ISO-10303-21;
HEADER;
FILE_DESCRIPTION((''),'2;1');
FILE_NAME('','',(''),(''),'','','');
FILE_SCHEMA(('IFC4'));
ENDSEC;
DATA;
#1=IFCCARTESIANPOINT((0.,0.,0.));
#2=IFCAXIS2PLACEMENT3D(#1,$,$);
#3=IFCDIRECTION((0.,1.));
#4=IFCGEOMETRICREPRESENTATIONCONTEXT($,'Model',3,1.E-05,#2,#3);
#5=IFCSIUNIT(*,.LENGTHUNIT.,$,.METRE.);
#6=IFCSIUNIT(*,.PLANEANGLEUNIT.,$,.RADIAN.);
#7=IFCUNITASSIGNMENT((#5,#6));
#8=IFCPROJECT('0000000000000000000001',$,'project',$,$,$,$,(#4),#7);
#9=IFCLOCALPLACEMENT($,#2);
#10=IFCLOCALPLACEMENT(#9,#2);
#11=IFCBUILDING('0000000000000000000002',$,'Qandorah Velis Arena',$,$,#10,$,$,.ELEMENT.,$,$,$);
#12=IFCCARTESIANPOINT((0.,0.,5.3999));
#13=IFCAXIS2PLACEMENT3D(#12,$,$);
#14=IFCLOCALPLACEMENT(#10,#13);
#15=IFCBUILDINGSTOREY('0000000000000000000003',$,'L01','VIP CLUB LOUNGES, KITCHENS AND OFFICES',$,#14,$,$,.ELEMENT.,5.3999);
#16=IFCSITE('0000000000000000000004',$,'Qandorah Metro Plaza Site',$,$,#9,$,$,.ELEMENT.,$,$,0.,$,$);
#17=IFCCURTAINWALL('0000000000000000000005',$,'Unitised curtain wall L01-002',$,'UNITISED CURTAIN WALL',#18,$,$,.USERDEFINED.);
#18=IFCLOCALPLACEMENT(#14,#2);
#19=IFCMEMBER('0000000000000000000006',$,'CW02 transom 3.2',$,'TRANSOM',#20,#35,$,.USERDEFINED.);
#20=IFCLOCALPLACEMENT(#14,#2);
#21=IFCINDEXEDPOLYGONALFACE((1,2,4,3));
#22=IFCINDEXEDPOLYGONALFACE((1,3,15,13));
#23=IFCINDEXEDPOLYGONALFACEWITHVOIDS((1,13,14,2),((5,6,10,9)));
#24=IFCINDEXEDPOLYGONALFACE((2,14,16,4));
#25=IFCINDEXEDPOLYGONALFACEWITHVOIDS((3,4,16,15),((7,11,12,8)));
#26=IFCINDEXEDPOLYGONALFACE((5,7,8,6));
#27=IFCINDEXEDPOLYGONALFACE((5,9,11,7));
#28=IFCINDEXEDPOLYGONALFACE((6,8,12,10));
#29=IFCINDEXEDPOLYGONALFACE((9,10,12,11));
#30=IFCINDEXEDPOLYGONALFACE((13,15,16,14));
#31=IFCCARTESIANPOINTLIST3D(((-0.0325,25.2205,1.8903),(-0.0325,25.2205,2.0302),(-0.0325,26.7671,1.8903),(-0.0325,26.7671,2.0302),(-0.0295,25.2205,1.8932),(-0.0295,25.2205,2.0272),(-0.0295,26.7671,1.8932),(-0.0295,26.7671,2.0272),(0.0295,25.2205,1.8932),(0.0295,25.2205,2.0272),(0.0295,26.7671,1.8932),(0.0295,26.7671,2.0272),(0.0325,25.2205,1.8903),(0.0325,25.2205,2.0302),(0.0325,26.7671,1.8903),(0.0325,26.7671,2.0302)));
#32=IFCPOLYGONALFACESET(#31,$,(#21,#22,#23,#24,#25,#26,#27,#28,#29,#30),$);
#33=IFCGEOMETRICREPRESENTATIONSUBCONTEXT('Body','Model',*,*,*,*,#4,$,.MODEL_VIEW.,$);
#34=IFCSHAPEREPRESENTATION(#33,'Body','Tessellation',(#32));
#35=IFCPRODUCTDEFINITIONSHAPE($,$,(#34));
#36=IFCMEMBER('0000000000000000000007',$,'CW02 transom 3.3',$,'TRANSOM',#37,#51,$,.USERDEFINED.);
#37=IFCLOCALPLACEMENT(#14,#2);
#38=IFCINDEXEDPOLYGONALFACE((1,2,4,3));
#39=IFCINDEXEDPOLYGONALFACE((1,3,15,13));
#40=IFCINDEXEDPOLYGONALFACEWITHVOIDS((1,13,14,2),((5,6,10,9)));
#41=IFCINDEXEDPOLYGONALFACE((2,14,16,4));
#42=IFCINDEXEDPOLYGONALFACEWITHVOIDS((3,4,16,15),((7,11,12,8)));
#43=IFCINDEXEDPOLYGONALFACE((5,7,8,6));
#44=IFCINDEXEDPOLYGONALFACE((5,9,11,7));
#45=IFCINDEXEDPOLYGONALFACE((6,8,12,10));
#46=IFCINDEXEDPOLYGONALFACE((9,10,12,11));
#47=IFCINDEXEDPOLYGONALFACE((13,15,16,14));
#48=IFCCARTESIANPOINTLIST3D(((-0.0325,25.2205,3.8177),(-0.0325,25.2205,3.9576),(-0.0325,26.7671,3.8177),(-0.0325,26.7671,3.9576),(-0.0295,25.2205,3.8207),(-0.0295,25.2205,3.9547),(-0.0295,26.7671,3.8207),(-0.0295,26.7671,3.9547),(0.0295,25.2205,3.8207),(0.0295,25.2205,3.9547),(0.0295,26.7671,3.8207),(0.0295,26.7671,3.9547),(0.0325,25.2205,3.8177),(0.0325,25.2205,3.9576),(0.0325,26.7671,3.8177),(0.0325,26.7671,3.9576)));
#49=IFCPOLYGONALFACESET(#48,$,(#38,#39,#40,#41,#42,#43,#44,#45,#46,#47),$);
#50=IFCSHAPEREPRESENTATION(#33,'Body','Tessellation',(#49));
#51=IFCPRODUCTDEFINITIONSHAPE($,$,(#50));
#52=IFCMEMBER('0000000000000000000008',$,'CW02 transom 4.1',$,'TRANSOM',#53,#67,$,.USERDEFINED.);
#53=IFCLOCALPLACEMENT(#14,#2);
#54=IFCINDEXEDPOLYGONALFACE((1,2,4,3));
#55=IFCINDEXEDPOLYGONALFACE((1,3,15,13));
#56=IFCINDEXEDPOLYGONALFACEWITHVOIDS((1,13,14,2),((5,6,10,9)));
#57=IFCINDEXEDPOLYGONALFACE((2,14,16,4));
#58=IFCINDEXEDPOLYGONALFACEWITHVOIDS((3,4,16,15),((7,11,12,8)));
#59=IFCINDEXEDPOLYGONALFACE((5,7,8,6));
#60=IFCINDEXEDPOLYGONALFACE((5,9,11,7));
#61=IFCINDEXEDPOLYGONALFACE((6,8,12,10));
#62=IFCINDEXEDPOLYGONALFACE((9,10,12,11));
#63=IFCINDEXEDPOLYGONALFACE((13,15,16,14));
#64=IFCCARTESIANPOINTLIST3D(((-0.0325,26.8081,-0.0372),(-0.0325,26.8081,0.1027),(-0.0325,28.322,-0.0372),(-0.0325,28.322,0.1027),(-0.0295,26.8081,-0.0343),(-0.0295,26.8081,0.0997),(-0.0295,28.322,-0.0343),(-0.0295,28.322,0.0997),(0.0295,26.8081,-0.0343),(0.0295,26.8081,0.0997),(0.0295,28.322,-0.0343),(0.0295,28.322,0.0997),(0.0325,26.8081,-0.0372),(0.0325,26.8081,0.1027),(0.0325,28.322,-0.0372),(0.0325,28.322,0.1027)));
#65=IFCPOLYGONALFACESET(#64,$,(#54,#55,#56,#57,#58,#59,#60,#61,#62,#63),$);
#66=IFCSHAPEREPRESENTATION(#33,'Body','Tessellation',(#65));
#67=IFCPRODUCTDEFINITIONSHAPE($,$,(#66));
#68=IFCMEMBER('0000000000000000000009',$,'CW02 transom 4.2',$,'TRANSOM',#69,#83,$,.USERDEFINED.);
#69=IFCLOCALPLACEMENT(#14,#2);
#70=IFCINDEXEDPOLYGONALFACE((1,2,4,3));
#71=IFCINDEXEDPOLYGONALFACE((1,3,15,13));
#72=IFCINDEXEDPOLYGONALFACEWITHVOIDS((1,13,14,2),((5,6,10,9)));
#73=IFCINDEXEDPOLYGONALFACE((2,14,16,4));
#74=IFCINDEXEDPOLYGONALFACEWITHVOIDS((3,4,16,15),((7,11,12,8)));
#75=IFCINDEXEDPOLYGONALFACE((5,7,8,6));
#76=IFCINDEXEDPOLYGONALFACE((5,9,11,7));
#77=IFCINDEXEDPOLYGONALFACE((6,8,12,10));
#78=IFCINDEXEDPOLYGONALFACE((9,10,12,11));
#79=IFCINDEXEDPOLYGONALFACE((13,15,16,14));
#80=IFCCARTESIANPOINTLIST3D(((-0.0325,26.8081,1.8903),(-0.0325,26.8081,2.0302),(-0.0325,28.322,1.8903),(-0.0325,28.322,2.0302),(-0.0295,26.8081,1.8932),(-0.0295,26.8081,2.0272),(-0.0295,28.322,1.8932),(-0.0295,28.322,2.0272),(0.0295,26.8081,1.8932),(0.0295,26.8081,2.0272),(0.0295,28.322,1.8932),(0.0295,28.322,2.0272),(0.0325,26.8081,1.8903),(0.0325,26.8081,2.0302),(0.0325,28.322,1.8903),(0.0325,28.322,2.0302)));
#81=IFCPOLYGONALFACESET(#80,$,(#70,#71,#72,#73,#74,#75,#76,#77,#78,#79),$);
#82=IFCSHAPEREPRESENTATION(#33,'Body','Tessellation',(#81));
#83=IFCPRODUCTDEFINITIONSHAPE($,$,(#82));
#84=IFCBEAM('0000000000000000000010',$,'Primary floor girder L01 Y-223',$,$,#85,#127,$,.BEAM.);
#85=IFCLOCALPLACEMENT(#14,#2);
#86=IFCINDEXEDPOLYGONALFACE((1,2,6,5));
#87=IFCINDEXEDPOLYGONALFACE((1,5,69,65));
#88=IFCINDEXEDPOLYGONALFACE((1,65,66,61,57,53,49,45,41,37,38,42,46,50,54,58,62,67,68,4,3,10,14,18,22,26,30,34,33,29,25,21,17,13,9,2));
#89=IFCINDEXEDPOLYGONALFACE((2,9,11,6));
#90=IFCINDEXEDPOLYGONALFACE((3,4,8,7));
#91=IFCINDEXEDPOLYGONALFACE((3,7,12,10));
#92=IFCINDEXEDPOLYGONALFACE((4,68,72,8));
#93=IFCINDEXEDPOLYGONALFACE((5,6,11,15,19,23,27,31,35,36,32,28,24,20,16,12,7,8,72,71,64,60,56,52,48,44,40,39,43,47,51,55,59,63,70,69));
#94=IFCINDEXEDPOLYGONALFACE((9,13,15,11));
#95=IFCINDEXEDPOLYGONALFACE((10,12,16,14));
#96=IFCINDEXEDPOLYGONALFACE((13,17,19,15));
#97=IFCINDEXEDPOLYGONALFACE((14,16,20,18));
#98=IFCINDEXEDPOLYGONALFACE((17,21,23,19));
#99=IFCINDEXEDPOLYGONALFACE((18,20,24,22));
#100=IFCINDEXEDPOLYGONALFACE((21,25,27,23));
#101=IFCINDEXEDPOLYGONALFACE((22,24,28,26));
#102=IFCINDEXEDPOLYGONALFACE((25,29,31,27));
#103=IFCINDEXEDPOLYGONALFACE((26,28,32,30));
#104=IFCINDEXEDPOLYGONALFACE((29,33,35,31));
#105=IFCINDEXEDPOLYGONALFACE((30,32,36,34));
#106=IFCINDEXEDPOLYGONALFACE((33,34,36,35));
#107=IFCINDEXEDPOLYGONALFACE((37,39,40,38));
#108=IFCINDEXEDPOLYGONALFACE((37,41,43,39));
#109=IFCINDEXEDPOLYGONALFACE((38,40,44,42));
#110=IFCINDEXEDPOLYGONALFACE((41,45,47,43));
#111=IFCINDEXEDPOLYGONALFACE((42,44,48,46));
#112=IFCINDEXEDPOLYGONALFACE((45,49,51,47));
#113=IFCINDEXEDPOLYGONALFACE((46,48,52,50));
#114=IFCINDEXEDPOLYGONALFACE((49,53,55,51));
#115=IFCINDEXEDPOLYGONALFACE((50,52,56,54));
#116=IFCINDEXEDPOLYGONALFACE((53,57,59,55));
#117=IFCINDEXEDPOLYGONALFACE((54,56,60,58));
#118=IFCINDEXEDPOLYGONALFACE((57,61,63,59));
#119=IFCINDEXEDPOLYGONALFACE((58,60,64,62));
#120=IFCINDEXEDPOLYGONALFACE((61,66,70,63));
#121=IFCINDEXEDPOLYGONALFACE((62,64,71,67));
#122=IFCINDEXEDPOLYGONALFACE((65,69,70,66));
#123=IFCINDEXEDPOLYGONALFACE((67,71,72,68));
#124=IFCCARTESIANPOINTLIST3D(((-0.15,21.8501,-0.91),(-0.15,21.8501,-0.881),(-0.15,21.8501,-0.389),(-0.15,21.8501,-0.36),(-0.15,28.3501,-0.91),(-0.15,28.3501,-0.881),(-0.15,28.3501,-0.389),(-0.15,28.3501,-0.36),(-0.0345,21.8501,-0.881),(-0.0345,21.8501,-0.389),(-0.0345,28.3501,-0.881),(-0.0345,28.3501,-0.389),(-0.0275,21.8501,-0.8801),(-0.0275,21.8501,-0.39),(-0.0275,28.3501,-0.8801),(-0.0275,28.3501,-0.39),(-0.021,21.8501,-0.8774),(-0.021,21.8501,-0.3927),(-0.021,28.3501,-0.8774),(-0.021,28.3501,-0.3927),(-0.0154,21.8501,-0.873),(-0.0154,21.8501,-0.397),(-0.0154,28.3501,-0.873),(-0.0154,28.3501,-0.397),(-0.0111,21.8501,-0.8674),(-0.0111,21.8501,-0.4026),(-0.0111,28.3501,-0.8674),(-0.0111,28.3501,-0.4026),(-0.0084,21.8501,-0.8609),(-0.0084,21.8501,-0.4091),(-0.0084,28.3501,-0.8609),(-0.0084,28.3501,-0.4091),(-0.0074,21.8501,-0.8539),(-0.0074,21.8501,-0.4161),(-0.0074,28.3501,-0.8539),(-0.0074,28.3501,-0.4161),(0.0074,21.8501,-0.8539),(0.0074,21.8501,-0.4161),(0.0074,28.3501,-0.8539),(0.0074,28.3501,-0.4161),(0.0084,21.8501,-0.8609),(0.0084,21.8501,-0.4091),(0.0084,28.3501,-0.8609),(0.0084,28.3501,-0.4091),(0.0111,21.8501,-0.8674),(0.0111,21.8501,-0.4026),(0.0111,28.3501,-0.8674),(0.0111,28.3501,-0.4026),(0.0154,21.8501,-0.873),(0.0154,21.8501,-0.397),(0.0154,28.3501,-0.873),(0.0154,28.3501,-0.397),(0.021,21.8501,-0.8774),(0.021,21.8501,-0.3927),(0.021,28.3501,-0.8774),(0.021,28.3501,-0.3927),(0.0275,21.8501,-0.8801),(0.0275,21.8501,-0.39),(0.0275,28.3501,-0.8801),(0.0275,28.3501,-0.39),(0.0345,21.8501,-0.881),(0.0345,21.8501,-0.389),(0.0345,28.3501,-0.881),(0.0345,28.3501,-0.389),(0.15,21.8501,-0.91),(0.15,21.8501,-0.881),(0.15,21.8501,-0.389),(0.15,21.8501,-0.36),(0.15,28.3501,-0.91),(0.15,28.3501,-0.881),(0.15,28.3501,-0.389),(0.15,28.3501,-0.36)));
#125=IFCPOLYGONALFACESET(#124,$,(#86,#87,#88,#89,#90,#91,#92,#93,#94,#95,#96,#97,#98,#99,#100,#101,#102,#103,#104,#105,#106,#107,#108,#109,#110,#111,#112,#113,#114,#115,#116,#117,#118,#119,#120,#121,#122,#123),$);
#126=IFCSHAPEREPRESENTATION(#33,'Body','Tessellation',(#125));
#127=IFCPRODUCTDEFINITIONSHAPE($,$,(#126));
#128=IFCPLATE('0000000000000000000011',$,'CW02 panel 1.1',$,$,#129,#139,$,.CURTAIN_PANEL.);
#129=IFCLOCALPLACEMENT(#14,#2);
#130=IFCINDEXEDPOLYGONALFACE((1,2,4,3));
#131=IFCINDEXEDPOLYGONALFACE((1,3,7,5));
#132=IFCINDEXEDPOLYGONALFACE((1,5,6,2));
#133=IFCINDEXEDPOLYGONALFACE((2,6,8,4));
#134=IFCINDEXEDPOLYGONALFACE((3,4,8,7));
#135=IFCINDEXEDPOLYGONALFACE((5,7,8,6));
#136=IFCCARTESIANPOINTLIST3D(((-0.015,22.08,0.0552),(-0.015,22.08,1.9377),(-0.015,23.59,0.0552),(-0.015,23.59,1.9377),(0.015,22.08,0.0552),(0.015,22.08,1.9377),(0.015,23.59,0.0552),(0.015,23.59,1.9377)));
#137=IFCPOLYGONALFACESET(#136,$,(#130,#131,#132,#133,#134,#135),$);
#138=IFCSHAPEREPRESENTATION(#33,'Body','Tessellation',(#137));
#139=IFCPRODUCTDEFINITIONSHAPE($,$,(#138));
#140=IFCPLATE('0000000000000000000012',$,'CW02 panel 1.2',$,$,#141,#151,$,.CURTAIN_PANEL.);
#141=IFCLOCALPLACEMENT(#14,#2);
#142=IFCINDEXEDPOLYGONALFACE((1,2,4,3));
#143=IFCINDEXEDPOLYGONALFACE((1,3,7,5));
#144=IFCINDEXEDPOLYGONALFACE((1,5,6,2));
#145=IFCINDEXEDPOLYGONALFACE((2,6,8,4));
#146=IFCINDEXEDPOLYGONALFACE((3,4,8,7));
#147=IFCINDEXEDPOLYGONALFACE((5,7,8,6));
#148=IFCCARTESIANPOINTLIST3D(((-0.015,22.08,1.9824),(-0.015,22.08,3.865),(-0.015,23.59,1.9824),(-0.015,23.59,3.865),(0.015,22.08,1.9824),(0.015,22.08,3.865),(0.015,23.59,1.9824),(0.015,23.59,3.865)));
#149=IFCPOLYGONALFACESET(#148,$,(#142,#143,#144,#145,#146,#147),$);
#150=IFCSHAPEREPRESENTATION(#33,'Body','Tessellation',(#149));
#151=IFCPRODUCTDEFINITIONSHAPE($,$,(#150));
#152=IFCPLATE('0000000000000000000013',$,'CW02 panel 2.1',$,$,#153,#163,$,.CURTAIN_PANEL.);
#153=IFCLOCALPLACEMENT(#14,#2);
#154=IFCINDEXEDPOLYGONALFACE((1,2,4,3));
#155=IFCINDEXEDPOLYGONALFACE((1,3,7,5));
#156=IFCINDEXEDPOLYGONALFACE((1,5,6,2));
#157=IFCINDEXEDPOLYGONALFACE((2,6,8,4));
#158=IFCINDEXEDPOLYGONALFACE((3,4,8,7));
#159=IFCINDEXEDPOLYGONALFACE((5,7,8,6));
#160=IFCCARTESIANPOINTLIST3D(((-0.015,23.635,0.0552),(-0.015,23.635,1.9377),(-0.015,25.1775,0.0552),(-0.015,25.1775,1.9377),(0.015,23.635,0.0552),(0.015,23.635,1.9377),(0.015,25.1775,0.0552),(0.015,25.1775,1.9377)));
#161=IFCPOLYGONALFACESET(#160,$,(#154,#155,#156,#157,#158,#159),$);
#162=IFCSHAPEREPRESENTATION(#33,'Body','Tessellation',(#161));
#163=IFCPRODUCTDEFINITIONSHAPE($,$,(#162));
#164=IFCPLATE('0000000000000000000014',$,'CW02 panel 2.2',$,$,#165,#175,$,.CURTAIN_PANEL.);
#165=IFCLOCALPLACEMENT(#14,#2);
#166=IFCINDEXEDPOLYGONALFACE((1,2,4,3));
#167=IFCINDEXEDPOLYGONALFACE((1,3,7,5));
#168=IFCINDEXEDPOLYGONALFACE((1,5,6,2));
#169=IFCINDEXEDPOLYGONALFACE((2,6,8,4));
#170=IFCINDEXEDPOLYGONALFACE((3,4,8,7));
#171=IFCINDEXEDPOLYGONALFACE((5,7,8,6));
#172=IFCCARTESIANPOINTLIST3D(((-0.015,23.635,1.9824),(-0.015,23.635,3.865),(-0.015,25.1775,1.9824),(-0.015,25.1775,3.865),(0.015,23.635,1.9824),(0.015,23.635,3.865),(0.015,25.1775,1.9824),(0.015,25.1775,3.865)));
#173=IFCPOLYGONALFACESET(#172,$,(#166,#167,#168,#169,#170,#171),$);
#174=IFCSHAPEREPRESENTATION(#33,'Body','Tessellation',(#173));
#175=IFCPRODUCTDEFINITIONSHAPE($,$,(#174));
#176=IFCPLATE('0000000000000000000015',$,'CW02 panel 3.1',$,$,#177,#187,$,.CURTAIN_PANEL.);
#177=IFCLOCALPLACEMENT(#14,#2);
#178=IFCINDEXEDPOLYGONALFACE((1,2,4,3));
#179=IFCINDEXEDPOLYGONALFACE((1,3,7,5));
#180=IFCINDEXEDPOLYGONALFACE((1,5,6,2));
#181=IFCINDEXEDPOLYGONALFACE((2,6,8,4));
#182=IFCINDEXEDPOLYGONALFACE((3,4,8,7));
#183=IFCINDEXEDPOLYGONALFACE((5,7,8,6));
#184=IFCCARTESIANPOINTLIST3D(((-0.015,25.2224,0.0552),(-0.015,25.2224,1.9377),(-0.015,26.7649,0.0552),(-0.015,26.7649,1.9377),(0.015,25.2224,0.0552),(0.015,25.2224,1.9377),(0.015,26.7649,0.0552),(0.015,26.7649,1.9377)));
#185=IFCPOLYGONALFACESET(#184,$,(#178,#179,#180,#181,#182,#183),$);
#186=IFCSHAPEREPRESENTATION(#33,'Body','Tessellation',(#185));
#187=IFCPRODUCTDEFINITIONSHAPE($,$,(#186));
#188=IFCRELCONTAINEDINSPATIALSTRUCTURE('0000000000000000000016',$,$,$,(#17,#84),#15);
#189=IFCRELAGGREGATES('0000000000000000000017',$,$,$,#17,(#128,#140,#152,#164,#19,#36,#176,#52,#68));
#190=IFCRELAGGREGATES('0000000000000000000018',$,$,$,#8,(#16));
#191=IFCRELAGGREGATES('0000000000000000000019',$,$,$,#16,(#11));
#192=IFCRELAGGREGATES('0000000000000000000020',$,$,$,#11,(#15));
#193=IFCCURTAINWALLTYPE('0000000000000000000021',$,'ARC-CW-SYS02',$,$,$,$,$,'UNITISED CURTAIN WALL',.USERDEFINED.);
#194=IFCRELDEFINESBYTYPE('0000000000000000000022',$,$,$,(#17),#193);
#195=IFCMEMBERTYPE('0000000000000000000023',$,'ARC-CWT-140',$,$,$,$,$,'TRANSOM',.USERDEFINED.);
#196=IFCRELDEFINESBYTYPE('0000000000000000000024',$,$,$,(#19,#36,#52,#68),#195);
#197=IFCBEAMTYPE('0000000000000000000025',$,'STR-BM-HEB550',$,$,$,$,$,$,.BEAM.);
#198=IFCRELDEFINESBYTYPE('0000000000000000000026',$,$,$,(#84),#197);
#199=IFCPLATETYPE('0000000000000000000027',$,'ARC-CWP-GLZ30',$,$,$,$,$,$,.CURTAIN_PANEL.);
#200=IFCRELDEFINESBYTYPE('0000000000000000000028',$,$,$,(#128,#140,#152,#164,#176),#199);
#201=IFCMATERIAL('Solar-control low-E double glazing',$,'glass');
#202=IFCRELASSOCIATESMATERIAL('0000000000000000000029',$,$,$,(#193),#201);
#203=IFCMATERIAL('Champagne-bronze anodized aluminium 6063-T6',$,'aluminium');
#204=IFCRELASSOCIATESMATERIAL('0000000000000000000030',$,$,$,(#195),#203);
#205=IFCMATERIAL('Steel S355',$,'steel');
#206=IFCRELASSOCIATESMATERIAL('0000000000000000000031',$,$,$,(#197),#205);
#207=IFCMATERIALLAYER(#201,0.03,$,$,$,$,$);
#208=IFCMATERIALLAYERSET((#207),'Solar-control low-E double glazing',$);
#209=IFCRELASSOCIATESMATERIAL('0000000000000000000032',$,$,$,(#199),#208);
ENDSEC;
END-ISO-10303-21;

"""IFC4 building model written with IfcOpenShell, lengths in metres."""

from ifc_helpers import new_model, si_unit, direction, frame, origin, origin_2d, place, context, subcontext, project, spatial, rectangle, hollow_rectangle, i_section, extrude, material, layer, layer_set, material_profile, profile_set, type_object, element, aggregate, save


model = new_model("IFC4")

# Units and contexts
model_context = context("Model", 3, precision=1e-05, world=origin(), true_north=direction((0.0, 1.0)))
body_context = subcontext(model_context, "Body", "Model", "MODEL_VIEW")
ifc_project = project(units=[si_unit("LENGTHUNIT", "METRE"), si_unit("PLANEANGLEUNIT", "RADIAN")], contexts=[model_context])

# Site, building, storey
site_placement = place(None, origin())
site = spatial("IfcSite", under=ifc_project, at=site_placement, Name="Qandorah Metro Plaza Site", CompositionType="ELEMENT", RefElevation=0.0)
building_placement = place(site_placement, origin())
building = spatial("IfcBuilding", under=site, at=building_placement, Name="Qandorah Velis Arena", CompositionType="ELEMENT")
storey_placement = place(building_placement, frame((0.0, 0.0, 5.3999)))
storey = spatial("IfcBuildingStorey", under=building, at=storey_placement, Name="L01", Description="VIP CLUB LOUNGES, KITCHENS AND OFFICES", CompositionType="ELEMENT", Elevation=5.3999)

# Curtain wall, members
ifc_material_1 = material(Name="Solar-control low-E double glazing", Category="glass")
curtain_wall_type = type_object("IfcCurtainWallType", Name="ARC-CW-SYS02", ElementType="UNITISED CURTAIN WALL", PredefinedType="USERDEFINED", material=ifc_material_1)
curtain_wall_placement = place(storey_placement, origin())
curtain_wall = element("IfcCurtainWall", 1, at=curtain_wall_placement, inside=storey, type_object=curtain_wall_type, Name="Unitised curtain wall L01-002", ObjectType="UNITISED CURTAIN WALL", PredefinedType="USERDEFINED")
ifc_material_2 = material(Name="Champagne-bronze anodized aluminium 6063-T6", Category="aluminium")
ifc_material_profile_1 = material_profile(ifc_material_2, hollow_rectangle(XDim=0.0649, YDim=0.1399, WallThickness=0.0029, at=origin_2d()), Name="ALU TRANSOM 65x140")
ifc_profile_set_1 = profile_set([ifc_material_profile_1], Name="Champagne-bronze anodized aluminium 6063-T6")
member_type_1 = type_object("IfcMemberType", Name="ARC-CWT-140", ElementType="TRANSOM", PredefinedType="USERDEFINED", material=ifc_profile_set_1)
member_1_placement = place(storey_placement, frame((0.0, 25.2205, 1.9602), z_axis=(0.0, 1.0, 0.0), x_axis=(-1.0, 0.0, 0.0)))
member_1 = element("IfcMember", 2, at=member_1_placement, type_object=member_type_1, Name="CW02 transom 3.2", ObjectType="TRANSOM", PredefinedType="USERDEFINED", context=body_context, shape_type="SweptSolid", body=[
    extrude(hollow_rectangle(XDim=0.0649, YDim=0.1399, WallThickness=0.0029, at=origin_2d()), origin(), (0.0, 0.0, 1.0), 1.5466),
])
member_2_placement = place(storey_placement, frame((0.0, 25.2205, 3.8877), z_axis=(0.0, 1.0, 0.0), x_axis=(-1.0, 0.0, 0.0)))
member_2 = element("IfcMember", 3, at=member_2_placement, type_object=member_type_1, Name="CW02 transom 3.3", ObjectType="TRANSOM", PredefinedType="USERDEFINED", context=body_context, shape_type="SweptSolid", body=[
    extrude(hollow_rectangle(XDim=0.0649, YDim=0.1399, WallThickness=0.0029, at=origin_2d()), origin(), (0.0, 0.0, 1.0), 1.5466),
])
member_3_placement = place(storey_placement, frame((0.0, 26.8081, 0.0327), z_axis=(0.0, 1.0, 0.0), x_axis=(-1.0, 0.0, 0.0)))
member_3 = element("IfcMember", 4, at=member_3_placement, type_object=member_type_1, Name="CW02 transom 4.1", ObjectType="TRANSOM", PredefinedType="USERDEFINED", context=body_context, shape_type="SweptSolid", body=[
    extrude(hollow_rectangle(XDim=0.0649, YDim=0.1399, WallThickness=0.0029, at=origin_2d()), origin(), (0.0, 0.0, 1.0), 1.5139),
])
member_4_placement = place(storey_placement, frame((0.0, 26.8081, 1.9602), z_axis=(0.0, 1.0, 0.0), x_axis=(-1.0, 0.0, 0.0)))
member_4 = element("IfcMember", 5, at=member_4_placement, type_object=member_type_1, Name="CW02 transom 4.2", ObjectType="TRANSOM", PredefinedType="USERDEFINED", context=body_context, shape_type="SweptSolid", body=[
    extrude(hollow_rectangle(XDim=0.0649, YDim=0.1399, WallThickness=0.0029, at=origin_2d()), origin(), (0.0, 0.0, 1.0), 1.5139),
])

# Beam
ifc_material_3 = material(Name="Steel S355", Category="steel")
ifc_material_profile_2 = material_profile(ifc_material_3, i_section(OverallWidth=0.3, OverallDepth=0.55, WebThickness=0.0149, FlangeThickness=0.0291, FilletRadius=0.0271, at=origin_2d()), Name="HEB 550")
ifc_profile_set_2 = profile_set([ifc_material_profile_2], Name="Steel S355")
beam_type = type_object("IfcBeamType", Name="STR-BM-HEB550", PredefinedType="BEAM", material=ifc_profile_set_2)
beam_placement = place(storey_placement, frame((0.0, 21.8501, -0.635), z_axis=(0.0, 1.0, 0.0), x_axis=(-1.0, 0.0, 0.0)))
element("IfcBeam", 6, at=beam_placement, inside=storey, type_object=beam_type, Name="Primary floor girder L01 Y-223", PredefinedType="BEAM", context=body_context, shape_type="SweptSolid", body=[
    extrude(i_section(OverallWidth=0.3, OverallDepth=0.55, WebThickness=0.0149, FlangeThickness=0.0291, FilletRadius=0.0271, at=origin_2d()), origin(), (0.0, 0.0, 1.0), 6.5),
])

# Plates
ifc_layer = layer(ifc_material_1, 0.03)
ifc_layer_set = layer_set([ifc_layer], Name="Solar-control low-E double glazing")
plate_type = type_object("IfcPlateType", Name="ARC-CWP-GLZ30", PredefinedType="CURTAIN_PANEL", material=ifc_layer_set)
plate_1_placement = place(storey_placement, frame((0.0, 22.835, 0.0552), z_axis=(0.0, 0.0, 1.0), x_axis=(0.0, 1.0, 0.0)))
plate_1 = element("IfcPlate", 7, at=plate_1_placement, type_object=plate_type, Name="CW02 panel 1.1", PredefinedType="CURTAIN_PANEL", context=body_context, shape_type="SweptSolid", body=[
    extrude(rectangle(XDim=1.51, YDim=0.03, at=origin_2d()), origin(), (0.0, 0.0, 1.0), 1.8826),
])
plate_2_placement = place(storey_placement, frame((0.0, 22.835, 1.9824), z_axis=(0.0, 0.0, 1.0), x_axis=(0.0, 1.0, 0.0)))
plate_2 = element("IfcPlate", 8, at=plate_2_placement, type_object=plate_type, Name="CW02 panel 1.2", PredefinedType="CURTAIN_PANEL", context=body_context, shape_type="SweptSolid", body=[
    extrude(rectangle(XDim=1.51, YDim=0.03, at=origin_2d()), origin(), (0.0, 0.0, 1.0), 1.8826),
])
plate_3_placement = place(storey_placement, frame((0.0, 24.4062, 0.0552), z_axis=(0.0, 0.0, 1.0), x_axis=(0.0, 1.0, 0.0)))
plate_3 = element("IfcPlate", 9, at=plate_3_placement, type_object=plate_type, Name="CW02 panel 2.1", PredefinedType="CURTAIN_PANEL", context=body_context, shape_type="SweptSolid", body=[
    extrude(rectangle(XDim=1.5425, YDim=0.03, at=origin_2d()), origin(), (0.0, 0.0, 1.0), 1.8826),
])
plate_4_placement = place(storey_placement, frame((0.0, 24.4062, 1.9824), z_axis=(0.0, 0.0, 1.0), x_axis=(0.0, 1.0, 0.0)))
plate_4 = element("IfcPlate", 10, at=plate_4_placement, type_object=plate_type, Name="CW02 panel 2.2", PredefinedType="CURTAIN_PANEL", context=body_context, shape_type="SweptSolid", body=[
    extrude(rectangle(XDim=1.5425, YDim=0.03, at=origin_2d()), origin(), (0.0, 0.0, 1.0), 1.8826),
])
plate_5_placement = place(storey_placement, frame((0.0, 25.9937, 0.0552), z_axis=(0.0, 0.0, 1.0), x_axis=(0.0, 1.0, 0.0)))
plate_5 = element("IfcPlate", 11, at=plate_5_placement, type_object=plate_type, Name="CW02 panel 3.1", PredefinedType="CURTAIN_PANEL", context=body_context, shape_type="SweptSolid", body=[
    extrude(rectangle(XDim=1.5425, YDim=0.03, at=origin_2d()), origin(), (0.0, 0.0, 1.0), 1.8826),
])
aggregate(curtain_wall, [plate_1, plate_2, plate_3, plate_4, member_1, member_2, plate_5, member_3, member_4])

save(model, "model.ifc")
